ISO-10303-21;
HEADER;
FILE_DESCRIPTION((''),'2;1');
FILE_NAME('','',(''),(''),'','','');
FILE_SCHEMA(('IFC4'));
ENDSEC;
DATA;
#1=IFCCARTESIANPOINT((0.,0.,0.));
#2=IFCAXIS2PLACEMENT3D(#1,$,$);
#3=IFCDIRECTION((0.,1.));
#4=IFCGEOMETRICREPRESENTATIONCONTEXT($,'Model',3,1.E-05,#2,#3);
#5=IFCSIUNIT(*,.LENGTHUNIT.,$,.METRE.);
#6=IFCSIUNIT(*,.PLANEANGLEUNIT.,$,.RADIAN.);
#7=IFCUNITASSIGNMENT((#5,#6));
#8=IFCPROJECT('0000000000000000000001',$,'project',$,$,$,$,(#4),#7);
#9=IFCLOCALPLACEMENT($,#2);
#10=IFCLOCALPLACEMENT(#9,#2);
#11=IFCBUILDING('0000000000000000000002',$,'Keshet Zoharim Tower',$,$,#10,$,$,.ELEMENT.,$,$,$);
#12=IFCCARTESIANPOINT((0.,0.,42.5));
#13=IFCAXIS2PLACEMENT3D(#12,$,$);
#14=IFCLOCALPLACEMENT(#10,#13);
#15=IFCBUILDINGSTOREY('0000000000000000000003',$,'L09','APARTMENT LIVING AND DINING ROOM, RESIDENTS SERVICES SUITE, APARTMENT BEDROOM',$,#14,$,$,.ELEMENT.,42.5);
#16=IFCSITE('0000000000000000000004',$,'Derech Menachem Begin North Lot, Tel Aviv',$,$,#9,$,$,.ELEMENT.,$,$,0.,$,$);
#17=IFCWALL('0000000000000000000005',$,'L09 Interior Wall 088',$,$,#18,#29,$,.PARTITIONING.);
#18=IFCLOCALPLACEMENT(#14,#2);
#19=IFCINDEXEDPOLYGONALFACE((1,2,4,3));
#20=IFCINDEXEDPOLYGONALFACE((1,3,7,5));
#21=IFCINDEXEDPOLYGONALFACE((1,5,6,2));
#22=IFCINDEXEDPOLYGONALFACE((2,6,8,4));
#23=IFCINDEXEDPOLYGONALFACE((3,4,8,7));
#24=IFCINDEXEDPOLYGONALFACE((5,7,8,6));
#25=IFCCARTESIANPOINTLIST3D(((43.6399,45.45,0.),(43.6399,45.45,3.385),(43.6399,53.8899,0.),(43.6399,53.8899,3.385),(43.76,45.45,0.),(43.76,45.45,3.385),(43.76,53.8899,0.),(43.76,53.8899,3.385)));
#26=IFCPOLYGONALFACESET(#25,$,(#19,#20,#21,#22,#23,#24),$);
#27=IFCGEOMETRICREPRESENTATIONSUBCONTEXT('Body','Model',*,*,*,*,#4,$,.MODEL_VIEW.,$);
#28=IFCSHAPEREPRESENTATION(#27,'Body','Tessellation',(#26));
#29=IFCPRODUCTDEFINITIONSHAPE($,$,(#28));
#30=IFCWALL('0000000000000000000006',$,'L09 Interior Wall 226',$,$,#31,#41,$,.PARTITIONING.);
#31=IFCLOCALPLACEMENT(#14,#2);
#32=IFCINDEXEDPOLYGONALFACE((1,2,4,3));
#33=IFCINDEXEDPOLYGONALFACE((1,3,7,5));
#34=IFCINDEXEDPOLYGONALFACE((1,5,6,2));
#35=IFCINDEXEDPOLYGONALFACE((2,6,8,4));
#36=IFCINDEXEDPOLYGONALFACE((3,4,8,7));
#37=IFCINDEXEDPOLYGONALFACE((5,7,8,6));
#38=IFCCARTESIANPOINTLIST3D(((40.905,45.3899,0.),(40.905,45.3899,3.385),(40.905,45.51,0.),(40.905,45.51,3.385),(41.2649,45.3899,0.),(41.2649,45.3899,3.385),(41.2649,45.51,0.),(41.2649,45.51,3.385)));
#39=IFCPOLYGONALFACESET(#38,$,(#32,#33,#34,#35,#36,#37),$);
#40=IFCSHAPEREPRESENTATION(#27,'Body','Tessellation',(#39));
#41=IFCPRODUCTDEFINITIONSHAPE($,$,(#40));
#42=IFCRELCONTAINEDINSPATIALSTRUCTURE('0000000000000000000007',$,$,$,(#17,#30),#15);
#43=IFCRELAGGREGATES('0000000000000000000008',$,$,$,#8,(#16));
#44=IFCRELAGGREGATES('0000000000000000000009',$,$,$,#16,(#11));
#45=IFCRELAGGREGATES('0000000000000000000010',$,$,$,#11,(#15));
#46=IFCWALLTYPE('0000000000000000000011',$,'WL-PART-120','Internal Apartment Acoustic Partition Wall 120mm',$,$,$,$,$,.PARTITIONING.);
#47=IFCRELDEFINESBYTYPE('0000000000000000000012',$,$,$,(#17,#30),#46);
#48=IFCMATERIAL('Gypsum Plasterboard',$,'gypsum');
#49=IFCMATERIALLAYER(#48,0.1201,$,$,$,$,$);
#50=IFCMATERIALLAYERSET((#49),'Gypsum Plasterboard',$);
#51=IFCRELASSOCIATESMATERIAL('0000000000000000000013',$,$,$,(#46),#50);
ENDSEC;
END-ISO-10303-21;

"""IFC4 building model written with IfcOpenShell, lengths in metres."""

from ifc_helpers import new_model, si_unit, direction, frame, frame_2d, origin, place, context, subcontext, project, spatial, rectangle, extrude, material, layer, layer_set, type_object, element, save


model = new_model("IFC4")

# Units and contexts
model_context = context("Model", 3, precision=1e-05, world=origin(), true_north=direction((0.0, 1.0)))
body_context = subcontext(model_context, "Body", "Model", "MODEL_VIEW")
ifc_project = project(units=[si_unit("LENGTHUNIT", "METRE"), si_unit("PLANEANGLEUNIT", "RADIAN")], contexts=[model_context])

# Site, building, storey
site_placement = place(None, origin())
site = spatial("IfcSite", under=ifc_project, at=site_placement, Name="Derech Menachem Begin North Lot, Tel Aviv", CompositionType="ELEMENT", RefElevation=0.0)
building_placement = place(site_placement, origin())
building = spatial("IfcBuilding", under=site, at=building_placement, Name="Keshet Zoharim Tower", CompositionType="ELEMENT")
storey_placement = place(building_placement, frame((0.0, 0.0, 42.5)))
storey = spatial("IfcBuildingStorey", under=building, at=storey_placement, Name="L09", Description="APARTMENT LIVING AND DINING ROOM, RESIDENTS SERVICES SUITE, APARTMENT BEDROOM", CompositionType="ELEMENT", Elevation=42.5)

# Walls
ifc_material_1 = material(Name="Gypsum Plasterboard", Category="gypsum")
ifc_layer_1 = layer(ifc_material_1, 0.1201)
ifc_layer_set_1 = layer_set([ifc_layer_1], Name="Gypsum Plasterboard")
wall_type = type_object("IfcWallType", Name="WL-PART-120", Description="Internal Apartment Acoustic Partition Wall 120mm", PredefinedType="PARTITIONING", material=ifc_layer_set_1)
for number, where, z_axis, x_axis, name in (
    (1, (43.7, 45.45, 0.0), (0.0, 0.0, 1.0), (0.0, 1.0, 0.0), "L09 Interior Wall 088"),
):
    element("IfcWall", number, at=place(storey_placement, frame(where, z_axis=z_axis, x_axis=x_axis)), inside=storey, type_object=wall_type, Name=name, PredefinedType="PARTITIONING", context=body_context, shape_type="SweptSolid", body=[
        extrude(rectangle(XDim=8.4399, YDim=0.1201, at=frame_2d((4.22, 0.0))), origin(), (0.0, 0.0, 1.0), 3.385),
    ])
wall_1_placement = place(storey_placement, frame((40.905, 45.45, 0.0), z_axis=(0.0, 0.0, 1.0), x_axis=(1.0, 0.0, 0.0)))
element("IfcWall", 2, at=wall_1_placement, inside=storey, type_object=wall_type, Name="L09 Interior Wall 226", PredefinedType="PARTITIONING", context=body_context, shape_type="SweptSolid", body=[
    extrude(rectangle(XDim=0.3599, YDim=0.1201, at=frame_2d((0.1799, 0.0))), origin(), (0.0, 0.0, 1.0), 3.385),
])

save(model, "model.ifc")
